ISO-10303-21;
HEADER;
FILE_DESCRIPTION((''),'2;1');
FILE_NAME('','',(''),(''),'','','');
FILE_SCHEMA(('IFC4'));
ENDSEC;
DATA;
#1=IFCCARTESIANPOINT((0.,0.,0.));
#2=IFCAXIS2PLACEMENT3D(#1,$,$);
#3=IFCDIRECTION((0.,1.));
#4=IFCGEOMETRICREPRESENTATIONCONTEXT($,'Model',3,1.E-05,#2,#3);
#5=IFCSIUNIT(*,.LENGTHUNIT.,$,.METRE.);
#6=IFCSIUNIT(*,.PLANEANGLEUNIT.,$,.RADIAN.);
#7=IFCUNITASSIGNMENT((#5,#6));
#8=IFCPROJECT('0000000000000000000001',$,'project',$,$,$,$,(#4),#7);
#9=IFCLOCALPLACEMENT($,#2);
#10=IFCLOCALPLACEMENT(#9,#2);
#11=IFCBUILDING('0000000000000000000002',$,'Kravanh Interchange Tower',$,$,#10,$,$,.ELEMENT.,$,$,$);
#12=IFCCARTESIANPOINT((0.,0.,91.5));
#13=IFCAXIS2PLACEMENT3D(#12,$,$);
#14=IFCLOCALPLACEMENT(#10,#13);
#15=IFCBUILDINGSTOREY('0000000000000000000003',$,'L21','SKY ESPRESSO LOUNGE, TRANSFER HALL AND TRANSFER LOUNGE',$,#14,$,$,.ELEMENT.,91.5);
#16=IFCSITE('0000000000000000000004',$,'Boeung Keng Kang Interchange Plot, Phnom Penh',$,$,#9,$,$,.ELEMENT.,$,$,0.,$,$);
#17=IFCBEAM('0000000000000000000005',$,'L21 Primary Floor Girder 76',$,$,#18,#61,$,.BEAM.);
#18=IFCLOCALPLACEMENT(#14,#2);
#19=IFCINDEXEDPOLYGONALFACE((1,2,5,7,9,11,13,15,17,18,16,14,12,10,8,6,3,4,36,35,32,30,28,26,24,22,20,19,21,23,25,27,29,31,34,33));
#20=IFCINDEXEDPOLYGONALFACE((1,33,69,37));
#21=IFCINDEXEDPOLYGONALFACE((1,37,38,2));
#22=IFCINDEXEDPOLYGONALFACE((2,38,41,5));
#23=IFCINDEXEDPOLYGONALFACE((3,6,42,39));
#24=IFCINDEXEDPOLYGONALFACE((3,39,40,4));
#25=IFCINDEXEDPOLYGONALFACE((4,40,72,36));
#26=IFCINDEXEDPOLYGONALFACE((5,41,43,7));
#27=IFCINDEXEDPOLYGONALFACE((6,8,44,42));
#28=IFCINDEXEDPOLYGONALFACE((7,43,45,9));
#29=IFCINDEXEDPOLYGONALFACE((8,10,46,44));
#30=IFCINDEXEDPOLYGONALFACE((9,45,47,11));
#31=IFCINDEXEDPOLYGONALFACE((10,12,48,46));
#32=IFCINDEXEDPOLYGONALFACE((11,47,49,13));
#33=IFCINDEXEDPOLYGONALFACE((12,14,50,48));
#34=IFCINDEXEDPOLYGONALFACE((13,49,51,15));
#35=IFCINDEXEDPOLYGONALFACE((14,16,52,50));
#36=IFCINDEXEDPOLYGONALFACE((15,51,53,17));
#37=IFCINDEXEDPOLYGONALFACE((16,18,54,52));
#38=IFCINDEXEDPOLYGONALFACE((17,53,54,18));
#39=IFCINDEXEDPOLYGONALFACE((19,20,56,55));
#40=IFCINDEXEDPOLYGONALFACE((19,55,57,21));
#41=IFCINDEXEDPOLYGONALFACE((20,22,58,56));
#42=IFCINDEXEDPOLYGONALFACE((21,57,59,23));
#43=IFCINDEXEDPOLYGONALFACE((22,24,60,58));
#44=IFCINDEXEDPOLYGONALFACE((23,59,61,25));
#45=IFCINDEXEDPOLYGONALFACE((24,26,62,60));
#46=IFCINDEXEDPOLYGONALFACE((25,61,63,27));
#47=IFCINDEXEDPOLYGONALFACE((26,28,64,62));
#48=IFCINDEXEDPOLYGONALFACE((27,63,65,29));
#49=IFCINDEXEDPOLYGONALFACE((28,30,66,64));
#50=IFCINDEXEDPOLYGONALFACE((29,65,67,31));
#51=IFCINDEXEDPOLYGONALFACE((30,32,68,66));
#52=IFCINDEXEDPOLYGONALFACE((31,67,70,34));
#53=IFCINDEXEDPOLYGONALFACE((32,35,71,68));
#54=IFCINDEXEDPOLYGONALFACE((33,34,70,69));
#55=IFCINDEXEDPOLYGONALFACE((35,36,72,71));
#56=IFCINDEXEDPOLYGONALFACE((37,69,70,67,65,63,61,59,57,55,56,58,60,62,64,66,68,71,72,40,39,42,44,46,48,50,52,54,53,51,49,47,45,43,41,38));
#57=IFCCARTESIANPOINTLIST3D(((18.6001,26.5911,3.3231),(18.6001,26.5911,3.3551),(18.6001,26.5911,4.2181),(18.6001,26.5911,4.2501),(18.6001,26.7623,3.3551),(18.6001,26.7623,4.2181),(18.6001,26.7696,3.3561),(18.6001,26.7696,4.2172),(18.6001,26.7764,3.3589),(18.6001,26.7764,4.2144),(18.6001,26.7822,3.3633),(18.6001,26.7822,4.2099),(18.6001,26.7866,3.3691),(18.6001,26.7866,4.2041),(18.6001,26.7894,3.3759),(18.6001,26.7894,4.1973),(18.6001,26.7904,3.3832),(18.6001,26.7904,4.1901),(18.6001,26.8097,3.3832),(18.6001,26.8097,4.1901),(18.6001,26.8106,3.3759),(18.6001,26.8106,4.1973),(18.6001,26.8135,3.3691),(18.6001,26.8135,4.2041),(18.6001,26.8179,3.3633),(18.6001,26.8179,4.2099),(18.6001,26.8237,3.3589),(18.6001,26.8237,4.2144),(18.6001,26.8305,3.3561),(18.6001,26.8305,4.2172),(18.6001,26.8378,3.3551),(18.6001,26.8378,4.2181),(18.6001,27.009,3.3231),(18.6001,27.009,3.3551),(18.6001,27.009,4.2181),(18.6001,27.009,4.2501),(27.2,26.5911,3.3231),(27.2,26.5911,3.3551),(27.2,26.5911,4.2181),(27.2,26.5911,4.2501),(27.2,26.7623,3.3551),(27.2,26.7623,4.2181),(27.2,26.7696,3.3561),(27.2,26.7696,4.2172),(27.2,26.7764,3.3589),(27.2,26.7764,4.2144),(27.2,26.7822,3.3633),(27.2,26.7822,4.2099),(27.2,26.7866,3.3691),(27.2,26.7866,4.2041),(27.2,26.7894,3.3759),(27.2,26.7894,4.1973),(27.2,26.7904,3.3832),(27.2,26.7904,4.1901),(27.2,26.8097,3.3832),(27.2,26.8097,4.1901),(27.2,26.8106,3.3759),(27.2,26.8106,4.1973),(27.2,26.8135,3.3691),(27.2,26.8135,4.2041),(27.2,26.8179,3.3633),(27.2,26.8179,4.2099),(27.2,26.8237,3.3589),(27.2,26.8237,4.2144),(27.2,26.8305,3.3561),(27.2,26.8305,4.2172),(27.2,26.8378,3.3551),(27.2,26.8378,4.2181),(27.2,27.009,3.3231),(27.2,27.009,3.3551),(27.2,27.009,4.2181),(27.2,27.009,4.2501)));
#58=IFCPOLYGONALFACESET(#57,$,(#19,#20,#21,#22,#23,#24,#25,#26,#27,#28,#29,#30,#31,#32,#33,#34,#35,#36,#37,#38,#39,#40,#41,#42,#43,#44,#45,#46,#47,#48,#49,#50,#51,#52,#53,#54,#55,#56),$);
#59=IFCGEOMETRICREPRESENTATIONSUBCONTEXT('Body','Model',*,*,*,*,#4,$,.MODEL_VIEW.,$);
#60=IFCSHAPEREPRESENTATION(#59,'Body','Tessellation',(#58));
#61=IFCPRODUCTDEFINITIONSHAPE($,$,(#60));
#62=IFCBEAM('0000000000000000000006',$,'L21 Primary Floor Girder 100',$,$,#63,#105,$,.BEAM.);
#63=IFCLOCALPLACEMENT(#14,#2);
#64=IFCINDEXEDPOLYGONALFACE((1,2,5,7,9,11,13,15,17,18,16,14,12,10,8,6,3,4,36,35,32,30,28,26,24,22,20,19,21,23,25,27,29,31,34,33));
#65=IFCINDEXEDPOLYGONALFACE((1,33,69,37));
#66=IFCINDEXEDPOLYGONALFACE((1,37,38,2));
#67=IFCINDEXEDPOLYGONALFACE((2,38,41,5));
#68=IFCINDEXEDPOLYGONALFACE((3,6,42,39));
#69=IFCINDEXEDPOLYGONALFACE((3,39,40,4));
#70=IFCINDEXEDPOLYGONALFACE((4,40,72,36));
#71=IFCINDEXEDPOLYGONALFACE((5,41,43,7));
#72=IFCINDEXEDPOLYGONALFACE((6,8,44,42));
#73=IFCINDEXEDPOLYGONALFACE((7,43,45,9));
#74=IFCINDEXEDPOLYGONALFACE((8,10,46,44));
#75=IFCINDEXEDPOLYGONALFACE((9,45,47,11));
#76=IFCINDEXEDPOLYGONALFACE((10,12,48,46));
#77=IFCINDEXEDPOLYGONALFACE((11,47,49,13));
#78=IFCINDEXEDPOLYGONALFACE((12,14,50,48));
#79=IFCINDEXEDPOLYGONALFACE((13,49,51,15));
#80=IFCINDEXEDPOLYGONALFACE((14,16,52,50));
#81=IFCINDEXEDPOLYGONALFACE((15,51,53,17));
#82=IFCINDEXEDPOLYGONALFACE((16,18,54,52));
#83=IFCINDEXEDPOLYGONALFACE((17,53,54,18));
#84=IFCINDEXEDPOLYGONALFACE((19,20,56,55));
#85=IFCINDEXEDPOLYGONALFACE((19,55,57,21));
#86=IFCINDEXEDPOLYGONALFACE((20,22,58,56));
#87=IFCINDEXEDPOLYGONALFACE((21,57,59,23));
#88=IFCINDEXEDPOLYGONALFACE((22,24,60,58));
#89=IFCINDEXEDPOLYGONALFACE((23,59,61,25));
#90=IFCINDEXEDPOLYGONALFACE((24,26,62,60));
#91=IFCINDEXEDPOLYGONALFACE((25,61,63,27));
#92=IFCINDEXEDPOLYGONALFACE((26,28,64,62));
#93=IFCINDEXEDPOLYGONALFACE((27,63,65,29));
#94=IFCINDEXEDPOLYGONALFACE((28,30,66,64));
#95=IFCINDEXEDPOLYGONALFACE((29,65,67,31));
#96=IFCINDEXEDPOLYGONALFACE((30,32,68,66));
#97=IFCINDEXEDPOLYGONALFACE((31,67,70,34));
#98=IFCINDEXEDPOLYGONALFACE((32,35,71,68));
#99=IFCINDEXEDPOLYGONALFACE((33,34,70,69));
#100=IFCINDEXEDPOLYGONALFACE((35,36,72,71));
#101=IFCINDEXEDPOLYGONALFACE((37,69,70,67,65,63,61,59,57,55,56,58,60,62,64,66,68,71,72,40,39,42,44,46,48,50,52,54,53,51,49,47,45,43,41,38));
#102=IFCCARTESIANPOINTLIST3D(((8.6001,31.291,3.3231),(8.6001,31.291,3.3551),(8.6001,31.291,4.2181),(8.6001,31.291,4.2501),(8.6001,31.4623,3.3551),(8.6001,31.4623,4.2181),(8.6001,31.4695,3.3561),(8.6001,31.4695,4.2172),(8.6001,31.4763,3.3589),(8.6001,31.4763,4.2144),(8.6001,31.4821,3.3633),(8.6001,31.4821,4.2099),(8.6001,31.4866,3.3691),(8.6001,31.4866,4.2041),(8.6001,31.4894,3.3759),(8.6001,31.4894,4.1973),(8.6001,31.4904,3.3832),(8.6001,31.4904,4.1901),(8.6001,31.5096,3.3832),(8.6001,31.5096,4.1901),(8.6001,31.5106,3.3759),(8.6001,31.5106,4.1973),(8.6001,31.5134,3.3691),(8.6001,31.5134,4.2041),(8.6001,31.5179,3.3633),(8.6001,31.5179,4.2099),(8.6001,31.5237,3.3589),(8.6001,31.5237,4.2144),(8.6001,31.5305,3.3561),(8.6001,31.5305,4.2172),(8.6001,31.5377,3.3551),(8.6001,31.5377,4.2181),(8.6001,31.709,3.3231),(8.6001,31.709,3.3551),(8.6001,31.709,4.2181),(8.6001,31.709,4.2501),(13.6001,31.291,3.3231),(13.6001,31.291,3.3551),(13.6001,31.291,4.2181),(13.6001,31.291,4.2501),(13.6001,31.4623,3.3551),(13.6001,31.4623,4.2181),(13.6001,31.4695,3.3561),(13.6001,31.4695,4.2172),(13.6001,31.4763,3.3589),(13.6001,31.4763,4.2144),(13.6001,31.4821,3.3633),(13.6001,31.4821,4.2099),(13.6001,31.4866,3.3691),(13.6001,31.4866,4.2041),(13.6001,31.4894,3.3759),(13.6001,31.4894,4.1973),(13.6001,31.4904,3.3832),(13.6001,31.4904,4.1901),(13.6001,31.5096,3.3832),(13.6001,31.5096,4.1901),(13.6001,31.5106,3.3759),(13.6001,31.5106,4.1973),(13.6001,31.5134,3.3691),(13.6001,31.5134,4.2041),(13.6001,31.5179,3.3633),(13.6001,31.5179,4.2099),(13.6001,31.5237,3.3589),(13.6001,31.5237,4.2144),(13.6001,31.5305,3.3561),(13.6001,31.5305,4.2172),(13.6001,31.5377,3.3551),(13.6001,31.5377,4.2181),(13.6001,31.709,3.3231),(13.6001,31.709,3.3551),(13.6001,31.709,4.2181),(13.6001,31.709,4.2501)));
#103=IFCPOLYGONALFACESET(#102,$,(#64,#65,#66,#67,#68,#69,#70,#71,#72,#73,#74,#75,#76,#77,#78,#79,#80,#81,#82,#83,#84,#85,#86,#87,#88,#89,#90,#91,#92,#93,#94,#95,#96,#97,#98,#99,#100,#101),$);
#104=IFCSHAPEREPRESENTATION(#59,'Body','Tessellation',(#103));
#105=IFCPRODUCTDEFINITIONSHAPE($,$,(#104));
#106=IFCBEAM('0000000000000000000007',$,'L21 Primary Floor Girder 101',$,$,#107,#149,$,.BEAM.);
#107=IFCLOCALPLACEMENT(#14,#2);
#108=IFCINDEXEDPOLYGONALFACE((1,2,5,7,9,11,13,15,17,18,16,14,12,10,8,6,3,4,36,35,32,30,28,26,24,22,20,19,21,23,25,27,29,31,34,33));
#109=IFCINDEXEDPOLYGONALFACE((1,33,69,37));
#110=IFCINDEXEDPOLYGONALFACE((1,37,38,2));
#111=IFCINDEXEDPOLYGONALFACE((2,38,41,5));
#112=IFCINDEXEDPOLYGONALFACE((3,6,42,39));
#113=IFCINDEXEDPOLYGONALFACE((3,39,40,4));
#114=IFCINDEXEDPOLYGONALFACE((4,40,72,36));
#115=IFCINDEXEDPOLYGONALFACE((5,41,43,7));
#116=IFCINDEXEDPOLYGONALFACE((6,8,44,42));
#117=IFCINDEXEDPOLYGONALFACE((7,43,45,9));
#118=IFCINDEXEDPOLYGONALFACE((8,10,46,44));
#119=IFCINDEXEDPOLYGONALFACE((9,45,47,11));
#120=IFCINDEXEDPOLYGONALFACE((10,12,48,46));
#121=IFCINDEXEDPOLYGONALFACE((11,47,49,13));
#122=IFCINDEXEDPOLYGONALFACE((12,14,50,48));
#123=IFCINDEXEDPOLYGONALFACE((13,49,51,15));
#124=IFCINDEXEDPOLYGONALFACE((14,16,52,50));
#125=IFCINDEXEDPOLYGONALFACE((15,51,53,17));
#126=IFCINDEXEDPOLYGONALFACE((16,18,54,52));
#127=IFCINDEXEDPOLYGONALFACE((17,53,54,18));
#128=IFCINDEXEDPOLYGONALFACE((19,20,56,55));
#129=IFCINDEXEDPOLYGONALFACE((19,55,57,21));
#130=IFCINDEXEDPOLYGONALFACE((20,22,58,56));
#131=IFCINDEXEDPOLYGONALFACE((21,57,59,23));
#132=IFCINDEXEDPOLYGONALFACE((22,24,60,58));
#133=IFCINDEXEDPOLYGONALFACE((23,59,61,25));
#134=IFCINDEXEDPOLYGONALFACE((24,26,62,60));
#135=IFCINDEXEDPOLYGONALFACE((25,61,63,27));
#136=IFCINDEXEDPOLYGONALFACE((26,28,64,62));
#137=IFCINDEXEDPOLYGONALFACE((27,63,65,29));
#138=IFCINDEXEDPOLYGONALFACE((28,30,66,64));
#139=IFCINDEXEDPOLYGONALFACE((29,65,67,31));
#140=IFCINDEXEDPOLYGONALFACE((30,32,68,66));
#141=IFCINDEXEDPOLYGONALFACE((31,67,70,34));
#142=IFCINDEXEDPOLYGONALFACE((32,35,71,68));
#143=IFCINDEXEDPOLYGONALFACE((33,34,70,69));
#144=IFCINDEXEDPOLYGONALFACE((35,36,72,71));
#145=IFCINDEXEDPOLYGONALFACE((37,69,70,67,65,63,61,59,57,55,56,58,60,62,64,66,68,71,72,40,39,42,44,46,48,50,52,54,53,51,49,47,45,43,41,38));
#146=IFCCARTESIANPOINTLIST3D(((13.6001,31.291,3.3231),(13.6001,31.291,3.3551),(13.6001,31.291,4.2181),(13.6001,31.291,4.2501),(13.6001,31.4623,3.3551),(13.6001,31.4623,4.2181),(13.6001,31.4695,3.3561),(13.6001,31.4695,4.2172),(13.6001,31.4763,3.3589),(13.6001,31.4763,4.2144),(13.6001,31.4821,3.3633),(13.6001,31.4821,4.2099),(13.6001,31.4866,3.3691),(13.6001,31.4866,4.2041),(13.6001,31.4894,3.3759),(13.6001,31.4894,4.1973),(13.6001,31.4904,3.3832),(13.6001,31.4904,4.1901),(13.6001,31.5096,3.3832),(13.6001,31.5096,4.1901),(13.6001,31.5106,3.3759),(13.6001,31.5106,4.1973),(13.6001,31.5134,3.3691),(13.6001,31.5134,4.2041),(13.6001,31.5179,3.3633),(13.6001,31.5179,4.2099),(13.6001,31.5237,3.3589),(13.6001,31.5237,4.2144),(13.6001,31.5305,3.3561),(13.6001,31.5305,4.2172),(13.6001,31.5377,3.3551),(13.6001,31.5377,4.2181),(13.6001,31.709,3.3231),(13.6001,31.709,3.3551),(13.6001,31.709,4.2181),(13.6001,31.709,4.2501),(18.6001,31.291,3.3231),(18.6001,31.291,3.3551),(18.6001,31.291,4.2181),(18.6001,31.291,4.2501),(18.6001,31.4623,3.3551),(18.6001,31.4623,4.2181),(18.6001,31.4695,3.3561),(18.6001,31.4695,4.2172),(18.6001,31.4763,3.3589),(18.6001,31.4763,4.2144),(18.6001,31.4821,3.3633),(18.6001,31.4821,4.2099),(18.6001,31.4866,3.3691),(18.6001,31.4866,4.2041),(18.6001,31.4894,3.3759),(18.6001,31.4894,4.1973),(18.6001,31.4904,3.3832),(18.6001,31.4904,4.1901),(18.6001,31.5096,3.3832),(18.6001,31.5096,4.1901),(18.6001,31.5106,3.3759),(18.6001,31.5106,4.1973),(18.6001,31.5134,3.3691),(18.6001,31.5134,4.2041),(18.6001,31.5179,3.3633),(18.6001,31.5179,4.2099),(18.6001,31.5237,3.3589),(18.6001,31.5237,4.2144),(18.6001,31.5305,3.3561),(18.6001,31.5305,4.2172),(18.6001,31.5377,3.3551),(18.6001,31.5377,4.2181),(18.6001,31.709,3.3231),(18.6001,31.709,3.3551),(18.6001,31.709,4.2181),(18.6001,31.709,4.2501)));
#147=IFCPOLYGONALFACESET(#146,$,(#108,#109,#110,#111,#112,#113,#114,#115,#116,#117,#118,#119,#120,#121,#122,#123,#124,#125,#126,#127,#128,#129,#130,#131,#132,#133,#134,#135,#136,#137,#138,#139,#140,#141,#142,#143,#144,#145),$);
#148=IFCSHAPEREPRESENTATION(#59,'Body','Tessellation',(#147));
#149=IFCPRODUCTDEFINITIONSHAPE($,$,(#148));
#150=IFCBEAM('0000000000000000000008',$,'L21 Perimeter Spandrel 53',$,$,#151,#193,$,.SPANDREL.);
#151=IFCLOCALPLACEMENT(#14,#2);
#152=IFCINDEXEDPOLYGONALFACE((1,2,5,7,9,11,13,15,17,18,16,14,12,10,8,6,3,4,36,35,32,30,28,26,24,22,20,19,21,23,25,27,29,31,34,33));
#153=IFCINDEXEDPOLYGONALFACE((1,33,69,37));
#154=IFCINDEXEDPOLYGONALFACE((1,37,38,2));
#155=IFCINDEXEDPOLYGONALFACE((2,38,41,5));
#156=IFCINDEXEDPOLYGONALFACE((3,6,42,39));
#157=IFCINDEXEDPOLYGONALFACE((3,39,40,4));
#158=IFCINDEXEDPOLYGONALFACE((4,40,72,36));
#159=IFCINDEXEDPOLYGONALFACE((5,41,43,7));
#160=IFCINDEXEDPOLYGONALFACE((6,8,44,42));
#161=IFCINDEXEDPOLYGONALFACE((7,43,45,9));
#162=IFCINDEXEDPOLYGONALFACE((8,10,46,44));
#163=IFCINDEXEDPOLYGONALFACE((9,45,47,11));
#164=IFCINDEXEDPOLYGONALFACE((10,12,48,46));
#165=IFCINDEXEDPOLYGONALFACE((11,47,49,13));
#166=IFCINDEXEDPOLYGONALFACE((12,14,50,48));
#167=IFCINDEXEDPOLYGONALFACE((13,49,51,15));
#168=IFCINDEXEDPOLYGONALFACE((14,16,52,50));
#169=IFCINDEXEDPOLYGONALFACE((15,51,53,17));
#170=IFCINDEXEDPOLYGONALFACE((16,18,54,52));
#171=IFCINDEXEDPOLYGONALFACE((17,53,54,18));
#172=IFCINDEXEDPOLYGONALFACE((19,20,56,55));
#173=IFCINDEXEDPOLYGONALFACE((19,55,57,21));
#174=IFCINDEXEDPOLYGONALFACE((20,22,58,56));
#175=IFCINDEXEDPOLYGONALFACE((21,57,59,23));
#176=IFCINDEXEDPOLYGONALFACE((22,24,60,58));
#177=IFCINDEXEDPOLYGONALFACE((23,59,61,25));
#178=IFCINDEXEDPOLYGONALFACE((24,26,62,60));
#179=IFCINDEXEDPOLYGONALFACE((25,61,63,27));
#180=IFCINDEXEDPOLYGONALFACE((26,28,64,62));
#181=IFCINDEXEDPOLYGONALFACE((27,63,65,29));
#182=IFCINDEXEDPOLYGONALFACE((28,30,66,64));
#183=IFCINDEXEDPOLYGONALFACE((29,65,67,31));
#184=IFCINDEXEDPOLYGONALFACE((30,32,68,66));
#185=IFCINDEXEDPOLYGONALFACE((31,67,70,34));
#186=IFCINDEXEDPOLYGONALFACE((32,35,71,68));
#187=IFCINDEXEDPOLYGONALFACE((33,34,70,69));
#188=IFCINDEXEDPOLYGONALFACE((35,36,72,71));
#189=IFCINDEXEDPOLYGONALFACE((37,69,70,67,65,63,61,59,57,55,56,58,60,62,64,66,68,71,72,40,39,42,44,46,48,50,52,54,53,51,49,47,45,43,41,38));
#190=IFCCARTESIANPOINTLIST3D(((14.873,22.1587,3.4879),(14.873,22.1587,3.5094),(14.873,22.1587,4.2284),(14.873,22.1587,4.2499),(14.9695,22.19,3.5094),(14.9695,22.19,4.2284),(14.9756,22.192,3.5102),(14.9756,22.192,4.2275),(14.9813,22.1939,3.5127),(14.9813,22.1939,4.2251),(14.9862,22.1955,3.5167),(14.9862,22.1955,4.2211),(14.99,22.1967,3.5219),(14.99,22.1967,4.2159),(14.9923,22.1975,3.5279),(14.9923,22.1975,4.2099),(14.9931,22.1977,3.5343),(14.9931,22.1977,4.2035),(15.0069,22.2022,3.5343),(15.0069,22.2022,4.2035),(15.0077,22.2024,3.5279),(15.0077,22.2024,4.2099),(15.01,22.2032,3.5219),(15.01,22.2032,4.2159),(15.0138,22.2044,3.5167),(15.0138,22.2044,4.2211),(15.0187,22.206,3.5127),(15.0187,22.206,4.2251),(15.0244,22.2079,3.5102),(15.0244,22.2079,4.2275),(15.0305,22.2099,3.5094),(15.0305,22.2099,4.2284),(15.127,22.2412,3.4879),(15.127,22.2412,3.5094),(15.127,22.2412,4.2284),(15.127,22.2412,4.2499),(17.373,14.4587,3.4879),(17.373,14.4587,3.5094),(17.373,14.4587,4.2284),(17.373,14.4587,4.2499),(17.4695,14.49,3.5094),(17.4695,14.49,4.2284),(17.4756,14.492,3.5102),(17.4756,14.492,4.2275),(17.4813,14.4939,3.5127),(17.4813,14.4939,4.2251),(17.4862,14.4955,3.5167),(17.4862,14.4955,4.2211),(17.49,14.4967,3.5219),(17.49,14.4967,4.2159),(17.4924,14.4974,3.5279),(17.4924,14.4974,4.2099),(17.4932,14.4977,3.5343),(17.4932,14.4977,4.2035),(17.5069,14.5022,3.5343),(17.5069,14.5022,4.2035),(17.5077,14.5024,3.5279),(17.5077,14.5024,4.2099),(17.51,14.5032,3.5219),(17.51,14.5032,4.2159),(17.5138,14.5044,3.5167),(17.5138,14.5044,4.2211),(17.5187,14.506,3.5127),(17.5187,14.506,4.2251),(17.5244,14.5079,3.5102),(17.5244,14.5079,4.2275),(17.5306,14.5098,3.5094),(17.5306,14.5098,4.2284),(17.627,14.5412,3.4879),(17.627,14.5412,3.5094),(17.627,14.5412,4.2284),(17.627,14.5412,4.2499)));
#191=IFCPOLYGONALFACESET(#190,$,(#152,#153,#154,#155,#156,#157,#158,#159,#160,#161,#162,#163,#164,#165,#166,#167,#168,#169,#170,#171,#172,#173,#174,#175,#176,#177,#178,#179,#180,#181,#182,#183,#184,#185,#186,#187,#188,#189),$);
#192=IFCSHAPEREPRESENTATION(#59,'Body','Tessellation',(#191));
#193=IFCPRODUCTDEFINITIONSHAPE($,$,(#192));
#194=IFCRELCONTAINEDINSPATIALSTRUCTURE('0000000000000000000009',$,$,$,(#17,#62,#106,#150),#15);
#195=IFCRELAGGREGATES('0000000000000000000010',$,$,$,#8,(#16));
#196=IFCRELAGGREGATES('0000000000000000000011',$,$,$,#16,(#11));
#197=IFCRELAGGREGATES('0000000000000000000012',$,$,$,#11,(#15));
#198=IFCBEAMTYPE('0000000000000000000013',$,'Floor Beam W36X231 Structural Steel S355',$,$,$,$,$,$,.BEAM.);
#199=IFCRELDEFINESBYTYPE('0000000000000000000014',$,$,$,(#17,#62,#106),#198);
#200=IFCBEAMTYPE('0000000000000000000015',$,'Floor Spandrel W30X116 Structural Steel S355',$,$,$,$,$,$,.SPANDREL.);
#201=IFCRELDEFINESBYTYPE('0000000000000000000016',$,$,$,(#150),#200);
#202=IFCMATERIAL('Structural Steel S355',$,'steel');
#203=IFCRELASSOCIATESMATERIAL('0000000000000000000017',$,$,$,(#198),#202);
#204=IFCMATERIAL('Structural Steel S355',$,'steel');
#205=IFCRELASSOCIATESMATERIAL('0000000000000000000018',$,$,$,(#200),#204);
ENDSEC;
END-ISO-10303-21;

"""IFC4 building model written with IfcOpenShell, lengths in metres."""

from ifc_helpers import new_model, si_unit, direction, frame, origin, origin_2d, place, context, subcontext, project, spatial, i_section, extrude, material, material_profile, profile_set, type_object, element, save


model = new_model("IFC4")

# Units and contexts
model_context = context("Model", 3, precision=1e-05, world=origin(), true_north=direction((0.0, 1.0)))
body_context = subcontext(model_context, "Body", "Model", "MODEL_VIEW")
ifc_project = project(units=[si_unit("LENGTHUNIT", "METRE"), si_unit("PLANEANGLEUNIT", "RADIAN")], contexts=[model_context])

# Site, building, storey
site_placement = place(None, origin())
site = spatial("IfcSite", under=ifc_project, at=site_placement, Name="Boeung Keng Kang Interchange Plot, Phnom Penh", CompositionType="ELEMENT", RefElevation=0.0)
building_placement = place(site_placement, origin())
building = spatial("IfcBuilding", under=site, at=building_placement, Name="Kravanh Interchange Tower", CompositionType="ELEMENT")
storey_placement = place(building_placement, frame((0.0, 0.0, 91.5)))
storey = spatial("IfcBuildingStorey", under=building, at=storey_placement, Name="L21", Description="SKY ESPRESSO LOUNGE, TRANSFER HALL AND TRANSFER LOUNGE", CompositionType="ELEMENT", Elevation=91.5)

# Beams
ifc_material_1 = material(Name="Structural Steel S355", Category="steel")
ifc_material_profile_1 = material_profile(ifc_material_1, i_section(OverallWidth=0.418, OverallDepth=0.927, WebThickness=0.0193, FlangeThickness=0.032, FilletRadius=0.0281, at=origin_2d()), Name="W36X231")
ifc_profile_set_1 = profile_set([ifc_material_profile_1], Name="Structural Steel S355")
beam_type_1 = type_object("IfcBeamType", Name="Floor Beam W36X231 Structural Steel S355", PredefinedType="BEAM", material=ifc_profile_set_1)
beam_1_placement = place(storey_placement, frame((18.6001, 26.8, 3.7866), z_axis=(1.0, 0.0, 0.0), x_axis=(0.0, 1.0, 0.0)))
element("IfcBeam", 1, at=beam_1_placement, inside=storey, type_object=beam_type_1, Name="L21 Primary Floor Girder 76", PredefinedType="BEAM", context=body_context, shape_type="SweptSolid", body=[
    extrude(i_section(OverallWidth=0.418, OverallDepth=0.927, WebThickness=0.0193, FlangeThickness=0.032, FilletRadius=0.0281, at=origin_2d()), origin(), (0.0, 0.0, 1.0), 8.5999),
])
for number, where, z_axis, x_axis, name in (
    (2, (8.6001, 31.5, 3.7866), (1.0, 0.0, 0.0), (0.0, 1.0, 0.0), "L21 Primary Floor Girder 100"),
    (3, (13.6001, 31.5, 3.7866), (1.0, 0.0, 0.0), (0.0, 1.0, 0.0), "L21 Primary Floor Girder 101"),
):
    element("IfcBeam", number, at=place(storey_placement, frame(where, z_axis=z_axis, x_axis=x_axis)), inside=storey, type_object=beam_type_1, Name=name, PredefinedType="BEAM", context=body_context, shape_type="SweptSolid", body=[
        extrude(i_section(OverallWidth=0.418, OverallDepth=0.927, WebThickness=0.0193, FlangeThickness=0.032, FilletRadius=0.0281, at=origin_2d()), origin(), (0.0, 0.0, 1.0), 5.0),
    ])
ifc_material_2 = material(Name="Structural Steel S355", Category="steel")
ifc_material_profile_2 = material_profile(ifc_material_2, i_section(OverallWidth=0.2671, OverallDepth=0.762, WebThickness=0.0144, FlangeThickness=0.0215, FilletRadius=0.0249, at=origin_2d()), Name="W30X116")
ifc_profile_set_2 = profile_set([ifc_material_profile_2], Name="Structural Steel S355")
beam_type_2 = type_object("IfcBeamType", Name="Floor Spandrel W30X116 Structural Steel S355", PredefinedType="SPANDREL", material=ifc_profile_set_2)
beam_2_placement = place(storey_placement, frame((15.0, 22.2, 3.8689), z_axis=(0.308809, -0.951124, 0.0), x_axis=(0.951124, 0.308809, 0.0)))
element("IfcBeam", 4, at=beam_2_placement, inside=storey, type_object=beam_type_2, Name="L21 Perimeter Spandrel 53", PredefinedType="SPANDREL", context=body_context, shape_type="SweptSolid", body=[
    extrude(i_section(OverallWidth=0.2671, OverallDepth=0.762, WebThickness=0.0144, FlangeThickness=0.0215, FilletRadius=0.0249, at=origin_2d()), origin(), (0.0, 0.0, 1.0), 8.0957),
])

save(model, "model.ifc")
